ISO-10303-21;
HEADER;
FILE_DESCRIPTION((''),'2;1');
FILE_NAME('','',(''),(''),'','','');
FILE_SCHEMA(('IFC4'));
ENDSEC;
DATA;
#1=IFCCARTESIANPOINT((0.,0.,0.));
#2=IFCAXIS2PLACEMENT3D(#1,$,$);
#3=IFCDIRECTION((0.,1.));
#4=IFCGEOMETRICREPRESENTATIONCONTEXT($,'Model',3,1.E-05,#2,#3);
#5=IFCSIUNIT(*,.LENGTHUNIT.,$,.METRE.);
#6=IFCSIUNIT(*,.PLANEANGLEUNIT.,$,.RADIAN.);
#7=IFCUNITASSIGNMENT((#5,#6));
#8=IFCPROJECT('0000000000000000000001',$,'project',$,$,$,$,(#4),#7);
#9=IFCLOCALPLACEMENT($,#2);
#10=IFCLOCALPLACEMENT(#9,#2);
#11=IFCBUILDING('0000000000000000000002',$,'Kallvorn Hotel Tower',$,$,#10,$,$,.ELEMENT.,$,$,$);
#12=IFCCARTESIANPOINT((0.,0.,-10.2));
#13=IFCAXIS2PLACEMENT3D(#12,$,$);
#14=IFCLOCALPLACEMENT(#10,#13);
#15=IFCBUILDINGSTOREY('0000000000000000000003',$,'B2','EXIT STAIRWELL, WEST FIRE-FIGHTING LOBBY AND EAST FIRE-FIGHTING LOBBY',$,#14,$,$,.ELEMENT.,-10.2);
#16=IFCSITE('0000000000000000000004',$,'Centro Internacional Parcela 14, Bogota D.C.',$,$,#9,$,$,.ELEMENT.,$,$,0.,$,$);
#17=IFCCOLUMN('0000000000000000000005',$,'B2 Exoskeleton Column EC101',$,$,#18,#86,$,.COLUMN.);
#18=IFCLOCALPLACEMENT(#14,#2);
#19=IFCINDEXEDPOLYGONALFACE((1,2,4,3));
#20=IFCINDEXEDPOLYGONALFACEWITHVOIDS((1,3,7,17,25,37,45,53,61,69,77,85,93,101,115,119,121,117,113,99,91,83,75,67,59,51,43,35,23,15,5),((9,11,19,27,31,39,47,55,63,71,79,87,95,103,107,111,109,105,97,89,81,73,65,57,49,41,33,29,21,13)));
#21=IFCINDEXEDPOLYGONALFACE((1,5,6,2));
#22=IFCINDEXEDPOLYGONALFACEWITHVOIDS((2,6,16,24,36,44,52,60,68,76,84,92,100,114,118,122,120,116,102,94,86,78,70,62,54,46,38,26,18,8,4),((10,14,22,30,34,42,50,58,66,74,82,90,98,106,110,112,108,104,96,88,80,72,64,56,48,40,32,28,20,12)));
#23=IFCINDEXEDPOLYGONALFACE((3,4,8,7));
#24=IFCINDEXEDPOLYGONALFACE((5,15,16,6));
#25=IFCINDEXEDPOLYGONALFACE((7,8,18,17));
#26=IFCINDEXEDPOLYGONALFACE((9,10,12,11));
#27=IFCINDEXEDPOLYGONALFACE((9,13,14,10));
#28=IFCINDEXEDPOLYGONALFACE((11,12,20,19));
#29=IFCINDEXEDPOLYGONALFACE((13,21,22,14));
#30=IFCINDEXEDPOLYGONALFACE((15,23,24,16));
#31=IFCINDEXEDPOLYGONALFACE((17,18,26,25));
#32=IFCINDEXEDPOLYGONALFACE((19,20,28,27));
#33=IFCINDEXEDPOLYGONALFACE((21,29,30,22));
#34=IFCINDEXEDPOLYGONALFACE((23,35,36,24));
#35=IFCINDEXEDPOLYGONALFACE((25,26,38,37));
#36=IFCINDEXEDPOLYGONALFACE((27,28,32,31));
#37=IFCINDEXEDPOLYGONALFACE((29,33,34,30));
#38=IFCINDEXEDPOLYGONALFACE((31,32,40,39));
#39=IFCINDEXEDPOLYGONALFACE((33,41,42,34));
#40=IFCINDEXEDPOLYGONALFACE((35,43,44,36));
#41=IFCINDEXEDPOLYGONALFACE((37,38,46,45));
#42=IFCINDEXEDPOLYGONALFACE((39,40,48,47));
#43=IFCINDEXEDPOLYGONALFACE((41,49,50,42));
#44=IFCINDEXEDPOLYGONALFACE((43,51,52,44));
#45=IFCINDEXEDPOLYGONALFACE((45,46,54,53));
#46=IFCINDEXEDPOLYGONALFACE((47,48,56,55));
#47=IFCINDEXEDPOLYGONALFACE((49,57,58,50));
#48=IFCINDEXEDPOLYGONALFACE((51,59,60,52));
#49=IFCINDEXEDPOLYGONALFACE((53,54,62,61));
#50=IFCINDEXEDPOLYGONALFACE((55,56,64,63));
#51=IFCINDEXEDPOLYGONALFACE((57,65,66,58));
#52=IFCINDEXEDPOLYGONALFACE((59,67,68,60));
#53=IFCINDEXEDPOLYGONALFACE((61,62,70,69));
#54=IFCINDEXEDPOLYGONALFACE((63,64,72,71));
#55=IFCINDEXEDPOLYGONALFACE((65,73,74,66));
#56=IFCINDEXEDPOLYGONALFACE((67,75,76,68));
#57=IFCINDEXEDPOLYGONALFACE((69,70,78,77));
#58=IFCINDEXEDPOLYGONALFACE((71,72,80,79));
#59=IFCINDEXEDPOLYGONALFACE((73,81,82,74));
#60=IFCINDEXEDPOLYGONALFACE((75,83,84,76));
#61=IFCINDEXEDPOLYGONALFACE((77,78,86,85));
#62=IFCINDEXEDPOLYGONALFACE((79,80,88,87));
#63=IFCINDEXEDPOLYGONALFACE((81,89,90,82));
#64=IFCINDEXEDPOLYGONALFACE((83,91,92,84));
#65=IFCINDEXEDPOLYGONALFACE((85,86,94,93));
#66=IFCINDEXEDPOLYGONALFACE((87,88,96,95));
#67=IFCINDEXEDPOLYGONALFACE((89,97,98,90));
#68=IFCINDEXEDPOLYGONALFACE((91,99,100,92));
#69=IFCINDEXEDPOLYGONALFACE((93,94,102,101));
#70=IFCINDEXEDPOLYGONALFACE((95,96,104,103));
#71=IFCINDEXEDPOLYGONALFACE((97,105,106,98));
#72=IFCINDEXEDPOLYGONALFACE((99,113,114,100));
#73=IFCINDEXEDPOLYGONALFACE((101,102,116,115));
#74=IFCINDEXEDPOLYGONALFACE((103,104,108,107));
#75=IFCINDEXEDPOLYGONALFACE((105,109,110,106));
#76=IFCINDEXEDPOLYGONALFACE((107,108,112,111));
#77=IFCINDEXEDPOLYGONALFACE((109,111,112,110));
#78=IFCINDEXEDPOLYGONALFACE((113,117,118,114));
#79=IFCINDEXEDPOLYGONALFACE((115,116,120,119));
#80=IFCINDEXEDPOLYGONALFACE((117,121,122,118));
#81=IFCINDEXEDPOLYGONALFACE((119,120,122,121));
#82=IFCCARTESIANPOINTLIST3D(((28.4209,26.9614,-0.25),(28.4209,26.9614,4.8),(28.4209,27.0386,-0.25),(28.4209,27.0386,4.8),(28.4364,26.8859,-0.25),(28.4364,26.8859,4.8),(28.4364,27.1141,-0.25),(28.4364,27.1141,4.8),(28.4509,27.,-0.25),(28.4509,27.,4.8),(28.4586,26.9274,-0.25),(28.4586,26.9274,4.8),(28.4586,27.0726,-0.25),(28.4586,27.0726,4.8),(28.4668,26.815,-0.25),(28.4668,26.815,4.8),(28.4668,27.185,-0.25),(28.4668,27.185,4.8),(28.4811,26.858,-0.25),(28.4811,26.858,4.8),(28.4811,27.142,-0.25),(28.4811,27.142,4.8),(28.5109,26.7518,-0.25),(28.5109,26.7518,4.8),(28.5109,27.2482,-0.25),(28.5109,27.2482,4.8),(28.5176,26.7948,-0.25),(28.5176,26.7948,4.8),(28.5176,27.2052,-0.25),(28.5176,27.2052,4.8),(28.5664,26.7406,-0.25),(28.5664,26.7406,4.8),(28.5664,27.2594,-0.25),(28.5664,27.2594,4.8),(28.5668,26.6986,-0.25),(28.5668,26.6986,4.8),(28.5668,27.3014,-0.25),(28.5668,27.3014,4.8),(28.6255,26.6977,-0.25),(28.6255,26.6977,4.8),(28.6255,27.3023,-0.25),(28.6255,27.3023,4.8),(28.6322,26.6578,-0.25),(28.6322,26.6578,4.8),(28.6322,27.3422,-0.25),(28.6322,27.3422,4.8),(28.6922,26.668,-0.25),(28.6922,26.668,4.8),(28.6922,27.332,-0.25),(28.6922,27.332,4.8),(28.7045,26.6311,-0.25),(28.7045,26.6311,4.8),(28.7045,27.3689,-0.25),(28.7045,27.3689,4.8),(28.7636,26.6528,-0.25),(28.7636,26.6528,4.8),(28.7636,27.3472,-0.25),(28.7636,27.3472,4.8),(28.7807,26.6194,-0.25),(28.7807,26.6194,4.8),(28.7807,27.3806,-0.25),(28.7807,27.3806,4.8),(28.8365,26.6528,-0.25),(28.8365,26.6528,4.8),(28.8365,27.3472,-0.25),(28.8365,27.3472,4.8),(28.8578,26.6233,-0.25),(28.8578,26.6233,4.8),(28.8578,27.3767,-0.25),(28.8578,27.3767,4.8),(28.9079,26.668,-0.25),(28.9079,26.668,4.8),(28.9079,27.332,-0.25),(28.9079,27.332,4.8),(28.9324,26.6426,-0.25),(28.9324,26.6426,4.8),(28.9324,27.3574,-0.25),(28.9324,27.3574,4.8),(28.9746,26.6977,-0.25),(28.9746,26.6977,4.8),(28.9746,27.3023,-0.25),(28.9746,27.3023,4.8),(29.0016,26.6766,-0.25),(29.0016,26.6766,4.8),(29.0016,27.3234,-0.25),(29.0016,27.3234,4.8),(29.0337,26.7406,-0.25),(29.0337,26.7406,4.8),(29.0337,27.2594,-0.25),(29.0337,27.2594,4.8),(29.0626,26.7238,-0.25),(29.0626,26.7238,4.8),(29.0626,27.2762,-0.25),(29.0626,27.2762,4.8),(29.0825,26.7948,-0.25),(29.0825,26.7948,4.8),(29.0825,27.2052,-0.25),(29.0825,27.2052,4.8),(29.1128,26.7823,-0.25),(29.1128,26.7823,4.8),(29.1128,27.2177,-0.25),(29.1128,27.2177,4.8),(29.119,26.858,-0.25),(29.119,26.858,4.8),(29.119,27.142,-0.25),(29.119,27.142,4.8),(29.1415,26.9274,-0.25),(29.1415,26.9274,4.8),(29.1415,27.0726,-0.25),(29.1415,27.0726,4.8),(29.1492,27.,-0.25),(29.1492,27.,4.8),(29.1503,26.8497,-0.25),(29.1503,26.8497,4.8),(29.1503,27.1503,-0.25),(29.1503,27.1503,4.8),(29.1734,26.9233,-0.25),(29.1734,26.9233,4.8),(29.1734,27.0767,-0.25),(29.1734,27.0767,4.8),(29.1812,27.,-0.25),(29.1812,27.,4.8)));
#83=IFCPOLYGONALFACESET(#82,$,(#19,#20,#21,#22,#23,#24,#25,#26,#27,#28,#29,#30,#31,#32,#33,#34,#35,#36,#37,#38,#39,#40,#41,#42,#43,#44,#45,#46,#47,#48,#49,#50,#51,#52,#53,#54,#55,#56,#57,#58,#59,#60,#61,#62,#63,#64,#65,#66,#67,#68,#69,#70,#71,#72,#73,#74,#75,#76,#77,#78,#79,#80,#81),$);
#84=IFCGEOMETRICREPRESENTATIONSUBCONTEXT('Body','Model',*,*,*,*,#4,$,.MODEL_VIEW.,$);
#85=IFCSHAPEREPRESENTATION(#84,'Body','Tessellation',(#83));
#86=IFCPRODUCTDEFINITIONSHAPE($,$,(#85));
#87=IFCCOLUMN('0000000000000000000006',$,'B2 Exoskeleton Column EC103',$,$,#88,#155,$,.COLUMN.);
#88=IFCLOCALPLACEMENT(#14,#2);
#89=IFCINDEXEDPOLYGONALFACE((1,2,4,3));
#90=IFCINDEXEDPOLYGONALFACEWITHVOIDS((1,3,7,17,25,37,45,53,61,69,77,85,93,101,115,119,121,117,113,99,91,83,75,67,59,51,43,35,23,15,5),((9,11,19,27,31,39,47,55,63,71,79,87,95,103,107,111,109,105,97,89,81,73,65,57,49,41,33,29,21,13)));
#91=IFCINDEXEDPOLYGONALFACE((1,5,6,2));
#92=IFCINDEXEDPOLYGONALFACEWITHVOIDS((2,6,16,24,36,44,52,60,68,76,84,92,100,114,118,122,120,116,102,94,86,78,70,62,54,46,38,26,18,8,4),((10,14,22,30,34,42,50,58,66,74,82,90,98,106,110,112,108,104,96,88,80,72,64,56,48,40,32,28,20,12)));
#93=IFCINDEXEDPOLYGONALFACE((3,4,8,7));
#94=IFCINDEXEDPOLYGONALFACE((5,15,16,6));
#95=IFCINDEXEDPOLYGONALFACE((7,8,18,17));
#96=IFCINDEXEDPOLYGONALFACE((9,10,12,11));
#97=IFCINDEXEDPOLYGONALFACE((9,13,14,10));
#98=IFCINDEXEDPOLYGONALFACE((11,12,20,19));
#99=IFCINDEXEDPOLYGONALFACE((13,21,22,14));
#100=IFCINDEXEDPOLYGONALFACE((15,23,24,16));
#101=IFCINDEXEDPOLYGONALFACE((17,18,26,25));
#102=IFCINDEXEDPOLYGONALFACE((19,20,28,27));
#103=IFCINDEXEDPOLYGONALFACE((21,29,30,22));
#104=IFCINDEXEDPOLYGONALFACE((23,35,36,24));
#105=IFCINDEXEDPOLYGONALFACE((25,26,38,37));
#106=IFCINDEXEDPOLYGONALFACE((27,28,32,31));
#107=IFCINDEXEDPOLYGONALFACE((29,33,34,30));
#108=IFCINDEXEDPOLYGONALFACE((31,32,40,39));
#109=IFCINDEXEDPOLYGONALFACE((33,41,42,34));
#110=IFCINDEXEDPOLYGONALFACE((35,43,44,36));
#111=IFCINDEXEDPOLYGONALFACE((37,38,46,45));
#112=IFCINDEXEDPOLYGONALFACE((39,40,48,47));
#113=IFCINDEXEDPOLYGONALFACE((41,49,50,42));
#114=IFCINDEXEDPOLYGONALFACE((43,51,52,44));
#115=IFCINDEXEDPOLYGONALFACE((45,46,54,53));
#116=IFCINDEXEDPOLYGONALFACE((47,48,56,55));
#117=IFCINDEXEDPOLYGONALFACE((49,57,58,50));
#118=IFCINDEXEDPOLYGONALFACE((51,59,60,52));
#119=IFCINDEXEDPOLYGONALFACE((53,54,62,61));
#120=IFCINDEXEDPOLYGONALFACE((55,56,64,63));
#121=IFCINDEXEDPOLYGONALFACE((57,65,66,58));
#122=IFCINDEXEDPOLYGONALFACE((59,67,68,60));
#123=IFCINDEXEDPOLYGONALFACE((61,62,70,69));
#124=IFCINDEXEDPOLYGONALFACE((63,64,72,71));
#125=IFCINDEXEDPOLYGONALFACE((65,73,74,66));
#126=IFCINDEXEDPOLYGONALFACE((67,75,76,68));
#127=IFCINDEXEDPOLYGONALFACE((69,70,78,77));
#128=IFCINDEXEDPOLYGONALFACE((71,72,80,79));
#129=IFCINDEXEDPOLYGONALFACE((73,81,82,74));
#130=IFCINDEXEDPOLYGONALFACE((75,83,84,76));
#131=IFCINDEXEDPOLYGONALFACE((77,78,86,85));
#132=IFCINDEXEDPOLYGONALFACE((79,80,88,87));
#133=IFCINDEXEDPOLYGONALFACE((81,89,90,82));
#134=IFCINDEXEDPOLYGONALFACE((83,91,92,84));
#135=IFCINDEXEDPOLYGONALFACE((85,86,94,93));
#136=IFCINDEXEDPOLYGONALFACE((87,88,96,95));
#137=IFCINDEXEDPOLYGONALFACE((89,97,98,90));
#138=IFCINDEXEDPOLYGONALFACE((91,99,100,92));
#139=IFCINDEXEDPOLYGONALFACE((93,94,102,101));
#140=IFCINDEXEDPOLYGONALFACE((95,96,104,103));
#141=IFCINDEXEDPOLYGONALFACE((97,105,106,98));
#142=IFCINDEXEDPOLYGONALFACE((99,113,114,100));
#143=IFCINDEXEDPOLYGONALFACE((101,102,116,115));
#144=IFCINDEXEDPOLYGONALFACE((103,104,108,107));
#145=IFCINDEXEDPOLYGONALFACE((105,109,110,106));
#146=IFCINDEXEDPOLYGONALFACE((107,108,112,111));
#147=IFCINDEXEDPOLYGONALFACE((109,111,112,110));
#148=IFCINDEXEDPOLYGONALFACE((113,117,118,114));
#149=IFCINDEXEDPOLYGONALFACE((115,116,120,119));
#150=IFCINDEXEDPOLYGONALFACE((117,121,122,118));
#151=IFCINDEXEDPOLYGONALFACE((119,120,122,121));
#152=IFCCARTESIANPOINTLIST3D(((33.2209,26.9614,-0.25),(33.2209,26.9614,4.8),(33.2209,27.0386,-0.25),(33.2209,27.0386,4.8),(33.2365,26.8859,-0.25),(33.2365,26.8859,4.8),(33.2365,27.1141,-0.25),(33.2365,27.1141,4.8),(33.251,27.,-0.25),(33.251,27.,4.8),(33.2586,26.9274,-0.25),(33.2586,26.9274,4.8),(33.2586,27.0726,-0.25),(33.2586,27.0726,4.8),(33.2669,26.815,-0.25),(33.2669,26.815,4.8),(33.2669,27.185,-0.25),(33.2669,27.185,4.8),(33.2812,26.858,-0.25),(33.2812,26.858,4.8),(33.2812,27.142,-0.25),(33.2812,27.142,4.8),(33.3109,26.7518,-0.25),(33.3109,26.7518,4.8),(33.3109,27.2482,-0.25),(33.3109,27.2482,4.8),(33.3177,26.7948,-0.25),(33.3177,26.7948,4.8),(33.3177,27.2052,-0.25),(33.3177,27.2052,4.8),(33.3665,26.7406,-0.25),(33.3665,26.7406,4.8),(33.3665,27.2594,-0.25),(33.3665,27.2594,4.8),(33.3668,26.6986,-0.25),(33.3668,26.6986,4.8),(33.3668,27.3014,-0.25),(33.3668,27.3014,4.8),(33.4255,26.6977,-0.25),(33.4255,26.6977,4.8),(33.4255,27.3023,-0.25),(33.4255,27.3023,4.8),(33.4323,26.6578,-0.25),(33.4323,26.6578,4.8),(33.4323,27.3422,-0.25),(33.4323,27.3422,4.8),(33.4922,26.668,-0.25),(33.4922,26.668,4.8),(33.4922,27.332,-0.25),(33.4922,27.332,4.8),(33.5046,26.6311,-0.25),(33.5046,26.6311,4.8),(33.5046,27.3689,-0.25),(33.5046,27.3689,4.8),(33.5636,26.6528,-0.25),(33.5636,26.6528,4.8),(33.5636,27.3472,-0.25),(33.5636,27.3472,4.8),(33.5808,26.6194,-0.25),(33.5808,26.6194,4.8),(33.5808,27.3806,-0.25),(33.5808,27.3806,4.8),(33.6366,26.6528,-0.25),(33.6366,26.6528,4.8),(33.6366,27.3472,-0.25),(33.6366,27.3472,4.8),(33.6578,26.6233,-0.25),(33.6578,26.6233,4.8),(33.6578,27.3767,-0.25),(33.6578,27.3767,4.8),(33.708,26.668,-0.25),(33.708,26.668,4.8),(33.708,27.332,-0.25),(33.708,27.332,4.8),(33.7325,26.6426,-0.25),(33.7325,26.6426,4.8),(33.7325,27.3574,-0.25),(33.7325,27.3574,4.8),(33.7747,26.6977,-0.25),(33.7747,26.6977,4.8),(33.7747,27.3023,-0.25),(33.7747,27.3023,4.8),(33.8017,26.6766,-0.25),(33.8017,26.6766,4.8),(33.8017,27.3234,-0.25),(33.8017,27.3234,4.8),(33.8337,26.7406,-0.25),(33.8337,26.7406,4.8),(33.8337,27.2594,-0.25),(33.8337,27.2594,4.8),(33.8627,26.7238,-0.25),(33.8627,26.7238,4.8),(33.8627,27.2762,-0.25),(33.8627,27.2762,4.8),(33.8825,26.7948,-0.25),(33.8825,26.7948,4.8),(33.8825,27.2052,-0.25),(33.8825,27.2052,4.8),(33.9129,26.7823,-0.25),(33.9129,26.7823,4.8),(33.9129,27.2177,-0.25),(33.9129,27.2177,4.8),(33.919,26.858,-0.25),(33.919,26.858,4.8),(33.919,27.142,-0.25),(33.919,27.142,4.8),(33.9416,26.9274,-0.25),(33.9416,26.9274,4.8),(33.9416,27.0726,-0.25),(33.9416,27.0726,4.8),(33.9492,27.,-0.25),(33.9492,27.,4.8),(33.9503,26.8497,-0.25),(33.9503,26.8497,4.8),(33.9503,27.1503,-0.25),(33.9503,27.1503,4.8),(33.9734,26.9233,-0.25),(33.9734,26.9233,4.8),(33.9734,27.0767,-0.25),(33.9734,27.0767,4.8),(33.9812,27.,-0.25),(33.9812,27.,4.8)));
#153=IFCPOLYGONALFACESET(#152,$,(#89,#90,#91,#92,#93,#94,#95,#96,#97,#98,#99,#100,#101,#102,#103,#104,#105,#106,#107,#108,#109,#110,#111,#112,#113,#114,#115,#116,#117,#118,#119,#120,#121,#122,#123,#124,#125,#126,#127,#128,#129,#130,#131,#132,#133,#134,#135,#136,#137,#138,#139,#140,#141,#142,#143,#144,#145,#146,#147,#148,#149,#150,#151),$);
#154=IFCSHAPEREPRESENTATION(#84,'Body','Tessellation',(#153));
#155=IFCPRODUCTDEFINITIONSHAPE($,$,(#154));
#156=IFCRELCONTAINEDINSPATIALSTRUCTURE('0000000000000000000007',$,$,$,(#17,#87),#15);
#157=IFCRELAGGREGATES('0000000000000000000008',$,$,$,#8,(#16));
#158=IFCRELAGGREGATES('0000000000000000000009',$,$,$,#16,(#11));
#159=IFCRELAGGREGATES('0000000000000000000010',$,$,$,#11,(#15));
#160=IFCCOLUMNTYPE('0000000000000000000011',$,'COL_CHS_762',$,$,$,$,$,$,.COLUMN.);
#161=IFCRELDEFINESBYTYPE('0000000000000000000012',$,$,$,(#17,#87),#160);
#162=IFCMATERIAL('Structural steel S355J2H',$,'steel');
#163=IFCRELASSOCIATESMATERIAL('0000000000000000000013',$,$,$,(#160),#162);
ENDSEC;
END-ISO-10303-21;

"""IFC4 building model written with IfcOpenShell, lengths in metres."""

from ifc_helpers import new_model, si_unit, direction, frame, origin, origin_2d, place, context, subcontext, project, spatial, hollow_circle, extrude, material, material_profile, profile_set, type_object, element, save


model = new_model("IFC4")

# Units and contexts
model_context = context("Model", 3, precision=1e-05, world=origin(), true_north=direction((0.0, 1.0)))
body_context = subcontext(model_context, "Body", "Model", "MODEL_VIEW")
ifc_project = project(units=[si_unit("LENGTHUNIT", "METRE"), si_unit("PLANEANGLEUNIT", "RADIAN")], contexts=[model_context])

# Site, building, storey
site_placement = place(None, origin())
site = spatial("IfcSite", under=ifc_project, at=site_placement, Name="Centro Internacional Parcela 14, Bogota D.C.", CompositionType="ELEMENT", RefElevation=0.0)
building_placement = place(site_placement, origin())
building = spatial("IfcBuilding", under=site, at=building_placement, Name="Kallvorn Hotel Tower", CompositionType="ELEMENT")
storey_placement = place(building_placement, frame((0.0, 0.0, -10.2)))
storey = spatial("IfcBuildingStorey", under=building, at=storey_placement, Name="B2", Description="EXIT STAIRWELL, WEST FIRE-FIGHTING LOBBY AND EAST FIRE-FIGHTING LOBBY", CompositionType="ELEMENT", Elevation=-10.2)

# Columns
ifc_material_1 = material(Name="Structural steel S355J2H", Category="steel")
ifc_material_profile_1 = material_profile(ifc_material_1, hollow_circle(Radius=0.3811, WallThickness=0.032, at=origin_2d()), Name="CHS 762x32")
ifc_profile_set_1 = profile_set([ifc_material_profile_1], Name="Structural steel S355J2H")
column_type_1 = type_object("IfcColumnType", Name="COL_CHS_762", PredefinedType="COLUMN", material=ifc_profile_set_1)
for number, where, z_axis, x_axis, name in (
    (1, (28.8, 27.0, -0.25), (0.0, 0.0, 1.0), (1.0, 0.0, 0.0), "B2 Exoskeleton Column EC101"),
    (2, (33.6001, 27.0, -0.25), (0.0, 0.0, 1.0), (1.0, 0.0, 0.0), "B2 Exoskeleton Column EC103"),
):
    element("IfcColumn", number, at=place(storey_placement, frame(where, z_axis=z_axis, x_axis=x_axis)), inside=storey, type_object=column_type_1, Name=name, PredefinedType="COLUMN", context=body_context, shape_type="SweptSolid", body=[
        extrude(hollow_circle(Radius=0.3811, WallThickness=0.032, at=origin_2d()), origin(), (0.0, 0.0, 1.0), 5.05),
    ])

save(model, "model.ifc")
